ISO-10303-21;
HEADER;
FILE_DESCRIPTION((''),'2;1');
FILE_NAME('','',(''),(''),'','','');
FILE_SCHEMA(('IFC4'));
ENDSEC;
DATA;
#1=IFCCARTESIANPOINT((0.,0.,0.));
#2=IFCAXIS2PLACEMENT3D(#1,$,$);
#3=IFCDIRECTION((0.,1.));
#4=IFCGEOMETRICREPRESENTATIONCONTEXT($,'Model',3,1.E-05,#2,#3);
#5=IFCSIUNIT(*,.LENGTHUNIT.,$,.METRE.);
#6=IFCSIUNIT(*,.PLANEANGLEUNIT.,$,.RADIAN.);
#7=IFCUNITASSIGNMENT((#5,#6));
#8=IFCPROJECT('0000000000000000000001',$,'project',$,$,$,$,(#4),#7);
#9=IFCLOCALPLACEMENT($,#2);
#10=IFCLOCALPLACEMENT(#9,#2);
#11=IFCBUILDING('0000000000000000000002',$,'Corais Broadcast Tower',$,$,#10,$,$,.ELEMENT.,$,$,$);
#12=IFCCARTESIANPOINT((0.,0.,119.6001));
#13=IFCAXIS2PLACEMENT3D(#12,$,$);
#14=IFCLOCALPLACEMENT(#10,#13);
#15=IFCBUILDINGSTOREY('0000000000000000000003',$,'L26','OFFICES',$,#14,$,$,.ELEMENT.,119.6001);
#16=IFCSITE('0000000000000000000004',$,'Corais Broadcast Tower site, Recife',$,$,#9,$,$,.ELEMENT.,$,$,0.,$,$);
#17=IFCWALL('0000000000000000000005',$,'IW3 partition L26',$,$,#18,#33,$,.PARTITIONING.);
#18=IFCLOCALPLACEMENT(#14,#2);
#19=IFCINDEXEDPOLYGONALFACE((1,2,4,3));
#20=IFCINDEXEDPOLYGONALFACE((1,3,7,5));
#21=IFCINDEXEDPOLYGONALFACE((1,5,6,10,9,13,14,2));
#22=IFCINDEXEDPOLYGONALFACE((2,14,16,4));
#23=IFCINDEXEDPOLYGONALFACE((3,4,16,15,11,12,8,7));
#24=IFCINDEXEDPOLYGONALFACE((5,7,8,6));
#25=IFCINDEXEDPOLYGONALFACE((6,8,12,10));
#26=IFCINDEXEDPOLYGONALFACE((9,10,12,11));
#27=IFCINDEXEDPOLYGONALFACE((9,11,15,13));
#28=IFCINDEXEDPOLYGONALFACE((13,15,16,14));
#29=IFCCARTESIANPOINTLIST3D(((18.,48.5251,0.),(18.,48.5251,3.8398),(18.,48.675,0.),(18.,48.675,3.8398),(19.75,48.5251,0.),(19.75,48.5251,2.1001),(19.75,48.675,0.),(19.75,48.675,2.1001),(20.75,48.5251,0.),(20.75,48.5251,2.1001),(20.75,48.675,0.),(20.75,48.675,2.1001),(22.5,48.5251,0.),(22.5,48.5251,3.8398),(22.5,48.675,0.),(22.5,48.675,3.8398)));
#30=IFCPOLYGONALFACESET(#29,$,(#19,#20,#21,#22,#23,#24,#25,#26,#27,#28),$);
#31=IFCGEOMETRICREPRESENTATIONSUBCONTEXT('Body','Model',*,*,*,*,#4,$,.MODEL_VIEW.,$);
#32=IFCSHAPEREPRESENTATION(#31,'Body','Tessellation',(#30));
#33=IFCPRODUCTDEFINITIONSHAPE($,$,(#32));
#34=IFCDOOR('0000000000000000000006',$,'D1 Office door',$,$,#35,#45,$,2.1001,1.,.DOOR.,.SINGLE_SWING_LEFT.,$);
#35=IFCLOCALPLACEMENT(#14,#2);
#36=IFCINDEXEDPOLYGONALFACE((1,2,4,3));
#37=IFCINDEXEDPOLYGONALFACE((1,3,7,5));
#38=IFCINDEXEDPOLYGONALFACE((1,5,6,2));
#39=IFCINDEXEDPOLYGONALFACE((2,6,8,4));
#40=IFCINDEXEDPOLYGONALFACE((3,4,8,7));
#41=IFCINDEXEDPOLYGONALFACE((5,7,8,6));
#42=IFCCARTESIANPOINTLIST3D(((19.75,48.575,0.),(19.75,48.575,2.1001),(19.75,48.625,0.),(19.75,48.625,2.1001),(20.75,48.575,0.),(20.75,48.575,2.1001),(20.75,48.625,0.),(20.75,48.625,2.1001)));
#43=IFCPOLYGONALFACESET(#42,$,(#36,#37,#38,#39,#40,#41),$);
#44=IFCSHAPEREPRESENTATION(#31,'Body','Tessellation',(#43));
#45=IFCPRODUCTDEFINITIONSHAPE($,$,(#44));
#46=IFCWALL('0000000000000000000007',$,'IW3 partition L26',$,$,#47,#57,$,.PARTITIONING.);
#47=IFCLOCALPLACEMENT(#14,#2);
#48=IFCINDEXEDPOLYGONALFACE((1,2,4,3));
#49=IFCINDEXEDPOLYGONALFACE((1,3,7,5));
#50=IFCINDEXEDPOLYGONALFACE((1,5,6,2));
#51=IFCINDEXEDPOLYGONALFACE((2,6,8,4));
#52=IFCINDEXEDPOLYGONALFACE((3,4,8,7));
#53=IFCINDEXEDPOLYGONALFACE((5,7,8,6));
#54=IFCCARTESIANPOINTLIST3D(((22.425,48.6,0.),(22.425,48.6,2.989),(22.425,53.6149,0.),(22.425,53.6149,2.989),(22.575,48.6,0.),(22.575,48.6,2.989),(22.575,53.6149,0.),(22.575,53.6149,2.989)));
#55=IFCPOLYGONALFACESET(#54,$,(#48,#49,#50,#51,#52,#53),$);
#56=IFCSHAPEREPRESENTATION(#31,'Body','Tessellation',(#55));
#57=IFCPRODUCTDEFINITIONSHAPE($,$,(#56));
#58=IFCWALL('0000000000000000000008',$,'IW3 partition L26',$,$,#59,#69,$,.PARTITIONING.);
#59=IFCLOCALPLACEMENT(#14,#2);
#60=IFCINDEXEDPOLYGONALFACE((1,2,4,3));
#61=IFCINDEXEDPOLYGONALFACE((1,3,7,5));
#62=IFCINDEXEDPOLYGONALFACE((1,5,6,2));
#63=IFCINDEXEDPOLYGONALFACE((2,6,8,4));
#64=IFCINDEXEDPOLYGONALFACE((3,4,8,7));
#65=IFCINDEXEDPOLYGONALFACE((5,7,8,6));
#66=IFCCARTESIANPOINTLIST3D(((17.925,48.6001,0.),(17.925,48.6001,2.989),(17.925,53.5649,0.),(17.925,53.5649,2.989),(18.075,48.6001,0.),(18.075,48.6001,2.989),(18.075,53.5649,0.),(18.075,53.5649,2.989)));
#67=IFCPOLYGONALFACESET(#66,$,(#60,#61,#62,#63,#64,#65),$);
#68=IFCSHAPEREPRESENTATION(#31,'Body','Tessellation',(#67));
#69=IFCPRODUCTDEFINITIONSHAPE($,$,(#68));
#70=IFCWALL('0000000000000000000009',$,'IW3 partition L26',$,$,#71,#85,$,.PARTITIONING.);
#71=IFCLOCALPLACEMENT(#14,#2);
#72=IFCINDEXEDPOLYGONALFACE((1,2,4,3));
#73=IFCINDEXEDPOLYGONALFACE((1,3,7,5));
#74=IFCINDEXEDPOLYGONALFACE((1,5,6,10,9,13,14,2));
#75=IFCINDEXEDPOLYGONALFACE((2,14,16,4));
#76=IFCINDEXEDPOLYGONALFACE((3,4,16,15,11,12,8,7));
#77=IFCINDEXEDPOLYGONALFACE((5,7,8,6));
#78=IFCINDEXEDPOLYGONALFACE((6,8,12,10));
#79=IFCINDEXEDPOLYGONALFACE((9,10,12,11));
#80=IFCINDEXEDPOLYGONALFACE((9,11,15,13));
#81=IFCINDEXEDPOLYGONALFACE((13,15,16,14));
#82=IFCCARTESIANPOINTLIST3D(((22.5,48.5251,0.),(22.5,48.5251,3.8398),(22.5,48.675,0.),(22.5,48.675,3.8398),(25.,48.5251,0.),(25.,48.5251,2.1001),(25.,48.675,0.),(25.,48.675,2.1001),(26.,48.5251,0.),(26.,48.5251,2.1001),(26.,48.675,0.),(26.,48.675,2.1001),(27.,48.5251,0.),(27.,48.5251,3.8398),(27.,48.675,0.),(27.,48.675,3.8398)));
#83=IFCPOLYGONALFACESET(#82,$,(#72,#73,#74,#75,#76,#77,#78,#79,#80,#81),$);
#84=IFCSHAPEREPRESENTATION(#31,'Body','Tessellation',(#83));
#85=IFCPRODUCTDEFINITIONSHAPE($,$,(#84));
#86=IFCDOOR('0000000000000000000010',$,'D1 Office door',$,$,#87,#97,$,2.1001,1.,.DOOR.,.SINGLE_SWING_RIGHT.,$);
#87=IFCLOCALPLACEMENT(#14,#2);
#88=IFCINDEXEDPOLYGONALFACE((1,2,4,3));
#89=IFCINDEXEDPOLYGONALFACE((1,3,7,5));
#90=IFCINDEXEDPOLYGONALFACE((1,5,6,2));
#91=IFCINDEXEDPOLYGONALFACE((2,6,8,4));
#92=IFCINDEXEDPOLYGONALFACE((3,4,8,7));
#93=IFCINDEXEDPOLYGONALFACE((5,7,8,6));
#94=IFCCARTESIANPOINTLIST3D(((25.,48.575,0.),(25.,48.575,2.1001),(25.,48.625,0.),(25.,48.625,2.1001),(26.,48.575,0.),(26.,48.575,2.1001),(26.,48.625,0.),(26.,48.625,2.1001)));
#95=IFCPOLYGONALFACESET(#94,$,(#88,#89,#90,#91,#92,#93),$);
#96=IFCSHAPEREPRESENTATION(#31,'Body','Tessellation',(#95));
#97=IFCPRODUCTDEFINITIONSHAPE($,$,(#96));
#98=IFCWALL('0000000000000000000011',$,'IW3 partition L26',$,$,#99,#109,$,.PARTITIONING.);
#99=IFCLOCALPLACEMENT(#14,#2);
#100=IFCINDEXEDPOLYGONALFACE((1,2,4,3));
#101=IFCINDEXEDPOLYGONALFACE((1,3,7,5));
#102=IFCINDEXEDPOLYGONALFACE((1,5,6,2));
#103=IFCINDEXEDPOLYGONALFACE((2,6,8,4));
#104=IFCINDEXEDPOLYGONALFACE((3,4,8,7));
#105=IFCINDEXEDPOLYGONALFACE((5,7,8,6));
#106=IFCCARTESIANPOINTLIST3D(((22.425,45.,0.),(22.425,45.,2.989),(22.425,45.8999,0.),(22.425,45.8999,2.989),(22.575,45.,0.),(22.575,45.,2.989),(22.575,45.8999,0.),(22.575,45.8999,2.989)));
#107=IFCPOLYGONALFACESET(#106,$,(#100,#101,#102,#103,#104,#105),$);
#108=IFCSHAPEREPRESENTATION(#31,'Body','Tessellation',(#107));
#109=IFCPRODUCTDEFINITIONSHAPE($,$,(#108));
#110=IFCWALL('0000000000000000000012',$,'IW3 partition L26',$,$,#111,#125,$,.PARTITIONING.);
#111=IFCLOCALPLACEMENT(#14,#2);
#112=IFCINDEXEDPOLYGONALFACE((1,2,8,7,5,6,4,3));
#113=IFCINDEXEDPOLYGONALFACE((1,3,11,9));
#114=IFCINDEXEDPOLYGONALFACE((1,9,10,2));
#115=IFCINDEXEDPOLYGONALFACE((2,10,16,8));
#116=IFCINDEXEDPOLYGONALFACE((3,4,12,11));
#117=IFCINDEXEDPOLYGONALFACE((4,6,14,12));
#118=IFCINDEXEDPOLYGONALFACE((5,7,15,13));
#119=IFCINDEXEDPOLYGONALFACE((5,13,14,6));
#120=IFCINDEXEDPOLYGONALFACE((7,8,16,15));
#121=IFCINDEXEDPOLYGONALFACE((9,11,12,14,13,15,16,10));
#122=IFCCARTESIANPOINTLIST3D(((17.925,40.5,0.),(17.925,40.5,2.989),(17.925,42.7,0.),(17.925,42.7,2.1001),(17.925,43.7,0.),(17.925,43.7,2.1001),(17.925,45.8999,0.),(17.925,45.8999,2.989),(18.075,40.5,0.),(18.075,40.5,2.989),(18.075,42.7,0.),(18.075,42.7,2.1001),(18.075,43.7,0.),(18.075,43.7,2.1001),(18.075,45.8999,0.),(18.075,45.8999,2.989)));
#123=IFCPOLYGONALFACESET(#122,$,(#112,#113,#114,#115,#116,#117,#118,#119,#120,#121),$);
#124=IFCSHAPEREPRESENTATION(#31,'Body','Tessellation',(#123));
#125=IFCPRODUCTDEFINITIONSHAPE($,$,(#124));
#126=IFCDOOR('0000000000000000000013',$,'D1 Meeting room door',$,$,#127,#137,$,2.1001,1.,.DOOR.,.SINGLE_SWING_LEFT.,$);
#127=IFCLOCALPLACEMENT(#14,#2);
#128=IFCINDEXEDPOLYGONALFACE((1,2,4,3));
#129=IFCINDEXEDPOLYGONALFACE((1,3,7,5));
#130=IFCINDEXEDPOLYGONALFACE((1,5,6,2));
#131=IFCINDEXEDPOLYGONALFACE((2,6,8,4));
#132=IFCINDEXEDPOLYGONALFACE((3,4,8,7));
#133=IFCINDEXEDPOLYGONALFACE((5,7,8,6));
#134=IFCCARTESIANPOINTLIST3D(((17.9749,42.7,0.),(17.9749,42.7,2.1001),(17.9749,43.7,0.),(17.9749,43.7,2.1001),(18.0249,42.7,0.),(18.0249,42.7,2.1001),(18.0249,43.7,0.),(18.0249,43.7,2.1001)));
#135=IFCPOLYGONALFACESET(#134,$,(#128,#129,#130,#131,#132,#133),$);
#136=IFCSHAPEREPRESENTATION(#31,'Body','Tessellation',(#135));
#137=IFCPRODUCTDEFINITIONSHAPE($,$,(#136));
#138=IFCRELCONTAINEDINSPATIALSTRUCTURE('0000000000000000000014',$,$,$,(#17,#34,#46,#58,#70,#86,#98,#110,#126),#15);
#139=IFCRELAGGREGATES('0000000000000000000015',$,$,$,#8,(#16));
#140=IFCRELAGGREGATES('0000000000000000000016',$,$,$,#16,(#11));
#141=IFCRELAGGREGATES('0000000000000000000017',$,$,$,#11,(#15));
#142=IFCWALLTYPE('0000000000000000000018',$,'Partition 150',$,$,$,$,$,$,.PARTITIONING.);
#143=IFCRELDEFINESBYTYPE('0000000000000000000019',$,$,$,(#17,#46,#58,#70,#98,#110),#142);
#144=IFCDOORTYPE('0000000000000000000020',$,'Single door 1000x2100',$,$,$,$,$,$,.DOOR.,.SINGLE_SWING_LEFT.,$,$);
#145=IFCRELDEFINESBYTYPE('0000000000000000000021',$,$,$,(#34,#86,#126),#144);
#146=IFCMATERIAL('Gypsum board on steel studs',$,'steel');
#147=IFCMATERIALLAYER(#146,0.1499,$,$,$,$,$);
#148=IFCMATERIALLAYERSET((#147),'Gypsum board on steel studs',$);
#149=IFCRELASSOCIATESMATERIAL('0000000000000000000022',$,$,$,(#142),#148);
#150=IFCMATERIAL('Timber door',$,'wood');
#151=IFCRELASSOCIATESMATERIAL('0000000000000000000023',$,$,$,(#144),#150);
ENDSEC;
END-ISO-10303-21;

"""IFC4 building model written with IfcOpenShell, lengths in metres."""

from ifc_helpers import new_model, si_unit, direction, frame, frame_2d, origin, place, context, subcontext, project, spatial, rectangle, extrude, material, layer, layer_set, type_object, element, fill, save


model = new_model("IFC4")

# Units and contexts
model_context = context("Model", 3, precision=1e-05, world=origin(), true_north=direction((0.0, 1.0)))
body_context = subcontext(model_context, "Body", "Model", "MODEL_VIEW")
ifc_project = project(units=[si_unit("LENGTHUNIT", "METRE"), si_unit("PLANEANGLEUNIT", "RADIAN")], contexts=[model_context])

# Site, building, storey
site_placement = place(None, origin())
site = spatial("IfcSite", under=ifc_project, at=site_placement, Name="Corais Broadcast Tower site, Recife", CompositionType="ELEMENT", RefElevation=0.0)
building_placement = place(site_placement, origin())
building = spatial("IfcBuilding", under=site, at=building_placement, Name="Corais Broadcast Tower", CompositionType="ELEMENT")
storey_placement = place(building_placement, frame((0.0, 0.0, 119.6001)))
storey = spatial("IfcBuildingStorey", under=building, at=storey_placement, Name="L26", Description="OFFICES", CompositionType="ELEMENT", Elevation=119.6001)

# Shared definitions
ifc_material_1 = material(Name="Gypsum board on steel studs", Category="steel")
ifc_layer_1 = layer(ifc_material_1, 0.1499)
ifc_layer_set_1 = layer_set([ifc_layer_1], Name="Gypsum board on steel studs")
wall_type = type_object("IfcWallType", Name="Partition 150", PredefinedType="PARTITIONING", material=ifc_layer_set_1)
ifc_material_2 = material(Name="Timber door", Category="wood")
door_type = type_object("IfcDoorType", Name="Single door 1000x2100", OperationType="SINGLE_SWING_LEFT", PredefinedType="DOOR", material=ifc_material_2)

# Wall, opening, door
wall_1_placement = place(storey_placement, frame((18.0, 48.6001, 0.0), z_axis=(0.0, 0.0, 1.0), x_axis=(1.0, 0.0, 0.0)))
wall_1 = element("IfcWall", 1, at=wall_1_placement, inside=storey, type_object=wall_type, Name="IW3 partition L26", PredefinedType="PARTITIONING", context=body_context, shape_type="SweptSolid", body=[
    extrude(rectangle(XDim=4.5, YDim=0.1499, at=frame_2d((2.25, 0.0))), origin(), (0.0, 0.0, 1.0), 3.8398),
])
opening_1_placement = place(wall_1_placement, frame((1.75, 0.0, 0.0)))
opening_1 = element("IfcOpeningElement", 2, at=opening_1_placement, cuts=wall_1, PredefinedType="OPENING", context=body_context, shape_type="SweptSolid", body=[
    extrude(rectangle(XDim=1.0, YDim=2.1001, at=frame_2d((0.5, 1.05))), frame((0.0, 0.085, 0.0), z_axis=(0.0, -1.0, 0.0), x_axis=(1.0, 0.0, 0.0)), (0.0, 0.0, 1.0), 0.1699),
])
door_1_placement = place(opening_1_placement, origin())
door_1 = element("IfcDoor", 3, at=door_1_placement, inside=storey, type_object=door_type, Name="D1 Office door", OperationType="SINGLE_SWING_LEFT", OverallHeight=2.1001, OverallWidth=1.0, PredefinedType="DOOR", context=body_context, shape_type="SweptSolid", body=[
    extrude(rectangle(XDim=1.0, YDim=2.1001, at=frame_2d((0.5, 1.05))), frame((0.0, 0.0249, 0.0), z_axis=(0.0, -1.0, 0.0), x_axis=(1.0, 0.0, 0.0)), (0.0, 0.0, 1.0), 0.05),
])
fill(opening_1, door_1)

# Walls
wall_2_placement = place(storey_placement, frame((22.5, 48.6001, 0.0), z_axis=(0.0, 0.0, 1.0), x_axis=(0.0, 1.0, 0.0)))
element("IfcWall", 4, at=wall_2_placement, inside=storey, type_object=wall_type, Name="IW3 partition L26", PredefinedType="PARTITIONING", context=body_context, shape_type="SweptSolid", body=[
    extrude(rectangle(XDim=5.0149, YDim=0.1499, at=frame_2d((2.5073, 0.0))), origin(), (0.0, 0.0, 1.0), 2.989),
])
wall_3_placement = place(storey_placement, frame((18.0, 53.5649, 0.0), z_axis=(0.0, 0.0, 1.0), x_axis=(0.0, -1.0, 0.0)))
element("IfcWall", 5, at=wall_3_placement, inside=storey, type_object=wall_type, Name="IW3 partition L26", PredefinedType="PARTITIONING", context=body_context, shape_type="SweptSolid", body=[
    extrude(rectangle(XDim=4.9648, YDim=0.1499, at=frame_2d((2.4824, 0.0))), origin(), (0.0, 0.0, 1.0), 2.989),
])

# Wall, opening, door
wall_4_placement = place(storey_placement, frame((22.5, 48.6001, 0.0), z_axis=(0.0, 0.0, 1.0), x_axis=(1.0, 0.0, 0.0)))
wall_4 = element("IfcWall", 6, at=wall_4_placement, inside=storey, type_object=wall_type, Name="IW3 partition L26", PredefinedType="PARTITIONING", context=body_context, shape_type="SweptSolid", body=[
    extrude(rectangle(XDim=4.5, YDim=0.1499, at=frame_2d((2.25, 0.0))), origin(), (0.0, 0.0, 1.0), 3.8398),
])
opening_2_placement = place(wall_4_placement, frame((2.5, 0.0, 0.0)))
opening_2 = element("IfcOpeningElement", 7, at=opening_2_placement, cuts=wall_4, PredefinedType="OPENING", context=body_context, shape_type="SweptSolid", body=[
    extrude(rectangle(XDim=1.0, YDim=2.1001, at=frame_2d((0.5, 1.05))), frame((0.0, 0.085, 0.0), z_axis=(0.0, -1.0, 0.0), x_axis=(1.0, 0.0, 0.0)), (0.0, 0.0, 1.0), 0.1699),
])
door_2_placement = place(opening_2_placement, origin())
door_2 = element("IfcDoor", 8, at=door_2_placement, inside=storey, type_object=door_type, Name="D1 Office door", OperationType="SINGLE_SWING_RIGHT", OverallHeight=2.1001, OverallWidth=1.0, PredefinedType="DOOR", context=body_context, shape_type="SweptSolid", body=[
    extrude(rectangle(XDim=1.0, YDim=2.1001, at=frame_2d((0.5, 1.05))), frame((0.0, 0.0249, 0.0), z_axis=(0.0, -1.0, 0.0), x_axis=(1.0, 0.0, 0.0)), (0.0, 0.0, 1.0), 0.05),
])
fill(opening_2, door_2)

# Wall
wall_5_placement = place(storey_placement, frame((22.5, 45.0, 0.0), z_axis=(0.0, 0.0, 1.0), x_axis=(0.0, 1.0, 0.0)))
element("IfcWall", 9, at=wall_5_placement, inside=storey, type_object=wall_type, Name="IW3 partition L26", PredefinedType="PARTITIONING", context=body_context, shape_type="SweptSolid", body=[
    extrude(rectangle(XDim=0.8999, YDim=0.1499, at=frame_2d((0.45, 0.0))), origin(), (0.0, 0.0, 1.0), 2.989),
])

# Wall, opening, door
wall_6_placement = place(storey_placement, frame((18.0, 45.8999, 0.0), z_axis=(0.0, 0.0, 1.0), x_axis=(0.0, -1.0, 0.0)))
wall_6 = element("IfcWall", 10, at=wall_6_placement, inside=storey, type_object=wall_type, Name="IW3 partition L26", PredefinedType="PARTITIONING", context=body_context, shape_type="SweptSolid", body=[
    extrude(rectangle(XDim=5.3999, YDim=0.1499, at=frame_2d((2.7, 0.0))), origin(), (0.0, 0.0, 1.0), 2.989),
])
opening_3_placement = place(wall_6_placement, frame((2.2, 0.0, 0.0)))
opening_3 = element("IfcOpeningElement", 11, at=opening_3_placement, cuts=wall_6, PredefinedType="OPENING", context=body_context, shape_type="SweptSolid", body=[
    extrude(rectangle(XDim=1.0, YDim=2.1001, at=frame_2d((0.5, 1.05))), frame((0.0, 0.085, 0.0), z_axis=(0.0, -1.0, 0.0), x_axis=(1.0, 0.0, 0.0)), (0.0, 0.0, 1.0), 0.1699),
])
door_3_placement = place(opening_3_placement, origin())
door_3 = element("IfcDoor", 12, at=door_3_placement, inside=storey, type_object=door_type, Name="D1 Meeting room door", OperationType="SINGLE_SWING_LEFT", OverallHeight=2.1001, OverallWidth=1.0, PredefinedType="DOOR", context=body_context, shape_type="SweptSolid", body=[
    extrude(rectangle(XDim=1.0, YDim=2.1001, at=frame_2d((0.5, 1.05))), frame((0.0, 0.0249, 0.0), z_axis=(0.0, -1.0, 0.0), x_axis=(1.0, 0.0, 0.0)), (0.0, 0.0, 1.0), 0.05),
])
fill(opening_3, door_3)

save(model, "model.ifc")
